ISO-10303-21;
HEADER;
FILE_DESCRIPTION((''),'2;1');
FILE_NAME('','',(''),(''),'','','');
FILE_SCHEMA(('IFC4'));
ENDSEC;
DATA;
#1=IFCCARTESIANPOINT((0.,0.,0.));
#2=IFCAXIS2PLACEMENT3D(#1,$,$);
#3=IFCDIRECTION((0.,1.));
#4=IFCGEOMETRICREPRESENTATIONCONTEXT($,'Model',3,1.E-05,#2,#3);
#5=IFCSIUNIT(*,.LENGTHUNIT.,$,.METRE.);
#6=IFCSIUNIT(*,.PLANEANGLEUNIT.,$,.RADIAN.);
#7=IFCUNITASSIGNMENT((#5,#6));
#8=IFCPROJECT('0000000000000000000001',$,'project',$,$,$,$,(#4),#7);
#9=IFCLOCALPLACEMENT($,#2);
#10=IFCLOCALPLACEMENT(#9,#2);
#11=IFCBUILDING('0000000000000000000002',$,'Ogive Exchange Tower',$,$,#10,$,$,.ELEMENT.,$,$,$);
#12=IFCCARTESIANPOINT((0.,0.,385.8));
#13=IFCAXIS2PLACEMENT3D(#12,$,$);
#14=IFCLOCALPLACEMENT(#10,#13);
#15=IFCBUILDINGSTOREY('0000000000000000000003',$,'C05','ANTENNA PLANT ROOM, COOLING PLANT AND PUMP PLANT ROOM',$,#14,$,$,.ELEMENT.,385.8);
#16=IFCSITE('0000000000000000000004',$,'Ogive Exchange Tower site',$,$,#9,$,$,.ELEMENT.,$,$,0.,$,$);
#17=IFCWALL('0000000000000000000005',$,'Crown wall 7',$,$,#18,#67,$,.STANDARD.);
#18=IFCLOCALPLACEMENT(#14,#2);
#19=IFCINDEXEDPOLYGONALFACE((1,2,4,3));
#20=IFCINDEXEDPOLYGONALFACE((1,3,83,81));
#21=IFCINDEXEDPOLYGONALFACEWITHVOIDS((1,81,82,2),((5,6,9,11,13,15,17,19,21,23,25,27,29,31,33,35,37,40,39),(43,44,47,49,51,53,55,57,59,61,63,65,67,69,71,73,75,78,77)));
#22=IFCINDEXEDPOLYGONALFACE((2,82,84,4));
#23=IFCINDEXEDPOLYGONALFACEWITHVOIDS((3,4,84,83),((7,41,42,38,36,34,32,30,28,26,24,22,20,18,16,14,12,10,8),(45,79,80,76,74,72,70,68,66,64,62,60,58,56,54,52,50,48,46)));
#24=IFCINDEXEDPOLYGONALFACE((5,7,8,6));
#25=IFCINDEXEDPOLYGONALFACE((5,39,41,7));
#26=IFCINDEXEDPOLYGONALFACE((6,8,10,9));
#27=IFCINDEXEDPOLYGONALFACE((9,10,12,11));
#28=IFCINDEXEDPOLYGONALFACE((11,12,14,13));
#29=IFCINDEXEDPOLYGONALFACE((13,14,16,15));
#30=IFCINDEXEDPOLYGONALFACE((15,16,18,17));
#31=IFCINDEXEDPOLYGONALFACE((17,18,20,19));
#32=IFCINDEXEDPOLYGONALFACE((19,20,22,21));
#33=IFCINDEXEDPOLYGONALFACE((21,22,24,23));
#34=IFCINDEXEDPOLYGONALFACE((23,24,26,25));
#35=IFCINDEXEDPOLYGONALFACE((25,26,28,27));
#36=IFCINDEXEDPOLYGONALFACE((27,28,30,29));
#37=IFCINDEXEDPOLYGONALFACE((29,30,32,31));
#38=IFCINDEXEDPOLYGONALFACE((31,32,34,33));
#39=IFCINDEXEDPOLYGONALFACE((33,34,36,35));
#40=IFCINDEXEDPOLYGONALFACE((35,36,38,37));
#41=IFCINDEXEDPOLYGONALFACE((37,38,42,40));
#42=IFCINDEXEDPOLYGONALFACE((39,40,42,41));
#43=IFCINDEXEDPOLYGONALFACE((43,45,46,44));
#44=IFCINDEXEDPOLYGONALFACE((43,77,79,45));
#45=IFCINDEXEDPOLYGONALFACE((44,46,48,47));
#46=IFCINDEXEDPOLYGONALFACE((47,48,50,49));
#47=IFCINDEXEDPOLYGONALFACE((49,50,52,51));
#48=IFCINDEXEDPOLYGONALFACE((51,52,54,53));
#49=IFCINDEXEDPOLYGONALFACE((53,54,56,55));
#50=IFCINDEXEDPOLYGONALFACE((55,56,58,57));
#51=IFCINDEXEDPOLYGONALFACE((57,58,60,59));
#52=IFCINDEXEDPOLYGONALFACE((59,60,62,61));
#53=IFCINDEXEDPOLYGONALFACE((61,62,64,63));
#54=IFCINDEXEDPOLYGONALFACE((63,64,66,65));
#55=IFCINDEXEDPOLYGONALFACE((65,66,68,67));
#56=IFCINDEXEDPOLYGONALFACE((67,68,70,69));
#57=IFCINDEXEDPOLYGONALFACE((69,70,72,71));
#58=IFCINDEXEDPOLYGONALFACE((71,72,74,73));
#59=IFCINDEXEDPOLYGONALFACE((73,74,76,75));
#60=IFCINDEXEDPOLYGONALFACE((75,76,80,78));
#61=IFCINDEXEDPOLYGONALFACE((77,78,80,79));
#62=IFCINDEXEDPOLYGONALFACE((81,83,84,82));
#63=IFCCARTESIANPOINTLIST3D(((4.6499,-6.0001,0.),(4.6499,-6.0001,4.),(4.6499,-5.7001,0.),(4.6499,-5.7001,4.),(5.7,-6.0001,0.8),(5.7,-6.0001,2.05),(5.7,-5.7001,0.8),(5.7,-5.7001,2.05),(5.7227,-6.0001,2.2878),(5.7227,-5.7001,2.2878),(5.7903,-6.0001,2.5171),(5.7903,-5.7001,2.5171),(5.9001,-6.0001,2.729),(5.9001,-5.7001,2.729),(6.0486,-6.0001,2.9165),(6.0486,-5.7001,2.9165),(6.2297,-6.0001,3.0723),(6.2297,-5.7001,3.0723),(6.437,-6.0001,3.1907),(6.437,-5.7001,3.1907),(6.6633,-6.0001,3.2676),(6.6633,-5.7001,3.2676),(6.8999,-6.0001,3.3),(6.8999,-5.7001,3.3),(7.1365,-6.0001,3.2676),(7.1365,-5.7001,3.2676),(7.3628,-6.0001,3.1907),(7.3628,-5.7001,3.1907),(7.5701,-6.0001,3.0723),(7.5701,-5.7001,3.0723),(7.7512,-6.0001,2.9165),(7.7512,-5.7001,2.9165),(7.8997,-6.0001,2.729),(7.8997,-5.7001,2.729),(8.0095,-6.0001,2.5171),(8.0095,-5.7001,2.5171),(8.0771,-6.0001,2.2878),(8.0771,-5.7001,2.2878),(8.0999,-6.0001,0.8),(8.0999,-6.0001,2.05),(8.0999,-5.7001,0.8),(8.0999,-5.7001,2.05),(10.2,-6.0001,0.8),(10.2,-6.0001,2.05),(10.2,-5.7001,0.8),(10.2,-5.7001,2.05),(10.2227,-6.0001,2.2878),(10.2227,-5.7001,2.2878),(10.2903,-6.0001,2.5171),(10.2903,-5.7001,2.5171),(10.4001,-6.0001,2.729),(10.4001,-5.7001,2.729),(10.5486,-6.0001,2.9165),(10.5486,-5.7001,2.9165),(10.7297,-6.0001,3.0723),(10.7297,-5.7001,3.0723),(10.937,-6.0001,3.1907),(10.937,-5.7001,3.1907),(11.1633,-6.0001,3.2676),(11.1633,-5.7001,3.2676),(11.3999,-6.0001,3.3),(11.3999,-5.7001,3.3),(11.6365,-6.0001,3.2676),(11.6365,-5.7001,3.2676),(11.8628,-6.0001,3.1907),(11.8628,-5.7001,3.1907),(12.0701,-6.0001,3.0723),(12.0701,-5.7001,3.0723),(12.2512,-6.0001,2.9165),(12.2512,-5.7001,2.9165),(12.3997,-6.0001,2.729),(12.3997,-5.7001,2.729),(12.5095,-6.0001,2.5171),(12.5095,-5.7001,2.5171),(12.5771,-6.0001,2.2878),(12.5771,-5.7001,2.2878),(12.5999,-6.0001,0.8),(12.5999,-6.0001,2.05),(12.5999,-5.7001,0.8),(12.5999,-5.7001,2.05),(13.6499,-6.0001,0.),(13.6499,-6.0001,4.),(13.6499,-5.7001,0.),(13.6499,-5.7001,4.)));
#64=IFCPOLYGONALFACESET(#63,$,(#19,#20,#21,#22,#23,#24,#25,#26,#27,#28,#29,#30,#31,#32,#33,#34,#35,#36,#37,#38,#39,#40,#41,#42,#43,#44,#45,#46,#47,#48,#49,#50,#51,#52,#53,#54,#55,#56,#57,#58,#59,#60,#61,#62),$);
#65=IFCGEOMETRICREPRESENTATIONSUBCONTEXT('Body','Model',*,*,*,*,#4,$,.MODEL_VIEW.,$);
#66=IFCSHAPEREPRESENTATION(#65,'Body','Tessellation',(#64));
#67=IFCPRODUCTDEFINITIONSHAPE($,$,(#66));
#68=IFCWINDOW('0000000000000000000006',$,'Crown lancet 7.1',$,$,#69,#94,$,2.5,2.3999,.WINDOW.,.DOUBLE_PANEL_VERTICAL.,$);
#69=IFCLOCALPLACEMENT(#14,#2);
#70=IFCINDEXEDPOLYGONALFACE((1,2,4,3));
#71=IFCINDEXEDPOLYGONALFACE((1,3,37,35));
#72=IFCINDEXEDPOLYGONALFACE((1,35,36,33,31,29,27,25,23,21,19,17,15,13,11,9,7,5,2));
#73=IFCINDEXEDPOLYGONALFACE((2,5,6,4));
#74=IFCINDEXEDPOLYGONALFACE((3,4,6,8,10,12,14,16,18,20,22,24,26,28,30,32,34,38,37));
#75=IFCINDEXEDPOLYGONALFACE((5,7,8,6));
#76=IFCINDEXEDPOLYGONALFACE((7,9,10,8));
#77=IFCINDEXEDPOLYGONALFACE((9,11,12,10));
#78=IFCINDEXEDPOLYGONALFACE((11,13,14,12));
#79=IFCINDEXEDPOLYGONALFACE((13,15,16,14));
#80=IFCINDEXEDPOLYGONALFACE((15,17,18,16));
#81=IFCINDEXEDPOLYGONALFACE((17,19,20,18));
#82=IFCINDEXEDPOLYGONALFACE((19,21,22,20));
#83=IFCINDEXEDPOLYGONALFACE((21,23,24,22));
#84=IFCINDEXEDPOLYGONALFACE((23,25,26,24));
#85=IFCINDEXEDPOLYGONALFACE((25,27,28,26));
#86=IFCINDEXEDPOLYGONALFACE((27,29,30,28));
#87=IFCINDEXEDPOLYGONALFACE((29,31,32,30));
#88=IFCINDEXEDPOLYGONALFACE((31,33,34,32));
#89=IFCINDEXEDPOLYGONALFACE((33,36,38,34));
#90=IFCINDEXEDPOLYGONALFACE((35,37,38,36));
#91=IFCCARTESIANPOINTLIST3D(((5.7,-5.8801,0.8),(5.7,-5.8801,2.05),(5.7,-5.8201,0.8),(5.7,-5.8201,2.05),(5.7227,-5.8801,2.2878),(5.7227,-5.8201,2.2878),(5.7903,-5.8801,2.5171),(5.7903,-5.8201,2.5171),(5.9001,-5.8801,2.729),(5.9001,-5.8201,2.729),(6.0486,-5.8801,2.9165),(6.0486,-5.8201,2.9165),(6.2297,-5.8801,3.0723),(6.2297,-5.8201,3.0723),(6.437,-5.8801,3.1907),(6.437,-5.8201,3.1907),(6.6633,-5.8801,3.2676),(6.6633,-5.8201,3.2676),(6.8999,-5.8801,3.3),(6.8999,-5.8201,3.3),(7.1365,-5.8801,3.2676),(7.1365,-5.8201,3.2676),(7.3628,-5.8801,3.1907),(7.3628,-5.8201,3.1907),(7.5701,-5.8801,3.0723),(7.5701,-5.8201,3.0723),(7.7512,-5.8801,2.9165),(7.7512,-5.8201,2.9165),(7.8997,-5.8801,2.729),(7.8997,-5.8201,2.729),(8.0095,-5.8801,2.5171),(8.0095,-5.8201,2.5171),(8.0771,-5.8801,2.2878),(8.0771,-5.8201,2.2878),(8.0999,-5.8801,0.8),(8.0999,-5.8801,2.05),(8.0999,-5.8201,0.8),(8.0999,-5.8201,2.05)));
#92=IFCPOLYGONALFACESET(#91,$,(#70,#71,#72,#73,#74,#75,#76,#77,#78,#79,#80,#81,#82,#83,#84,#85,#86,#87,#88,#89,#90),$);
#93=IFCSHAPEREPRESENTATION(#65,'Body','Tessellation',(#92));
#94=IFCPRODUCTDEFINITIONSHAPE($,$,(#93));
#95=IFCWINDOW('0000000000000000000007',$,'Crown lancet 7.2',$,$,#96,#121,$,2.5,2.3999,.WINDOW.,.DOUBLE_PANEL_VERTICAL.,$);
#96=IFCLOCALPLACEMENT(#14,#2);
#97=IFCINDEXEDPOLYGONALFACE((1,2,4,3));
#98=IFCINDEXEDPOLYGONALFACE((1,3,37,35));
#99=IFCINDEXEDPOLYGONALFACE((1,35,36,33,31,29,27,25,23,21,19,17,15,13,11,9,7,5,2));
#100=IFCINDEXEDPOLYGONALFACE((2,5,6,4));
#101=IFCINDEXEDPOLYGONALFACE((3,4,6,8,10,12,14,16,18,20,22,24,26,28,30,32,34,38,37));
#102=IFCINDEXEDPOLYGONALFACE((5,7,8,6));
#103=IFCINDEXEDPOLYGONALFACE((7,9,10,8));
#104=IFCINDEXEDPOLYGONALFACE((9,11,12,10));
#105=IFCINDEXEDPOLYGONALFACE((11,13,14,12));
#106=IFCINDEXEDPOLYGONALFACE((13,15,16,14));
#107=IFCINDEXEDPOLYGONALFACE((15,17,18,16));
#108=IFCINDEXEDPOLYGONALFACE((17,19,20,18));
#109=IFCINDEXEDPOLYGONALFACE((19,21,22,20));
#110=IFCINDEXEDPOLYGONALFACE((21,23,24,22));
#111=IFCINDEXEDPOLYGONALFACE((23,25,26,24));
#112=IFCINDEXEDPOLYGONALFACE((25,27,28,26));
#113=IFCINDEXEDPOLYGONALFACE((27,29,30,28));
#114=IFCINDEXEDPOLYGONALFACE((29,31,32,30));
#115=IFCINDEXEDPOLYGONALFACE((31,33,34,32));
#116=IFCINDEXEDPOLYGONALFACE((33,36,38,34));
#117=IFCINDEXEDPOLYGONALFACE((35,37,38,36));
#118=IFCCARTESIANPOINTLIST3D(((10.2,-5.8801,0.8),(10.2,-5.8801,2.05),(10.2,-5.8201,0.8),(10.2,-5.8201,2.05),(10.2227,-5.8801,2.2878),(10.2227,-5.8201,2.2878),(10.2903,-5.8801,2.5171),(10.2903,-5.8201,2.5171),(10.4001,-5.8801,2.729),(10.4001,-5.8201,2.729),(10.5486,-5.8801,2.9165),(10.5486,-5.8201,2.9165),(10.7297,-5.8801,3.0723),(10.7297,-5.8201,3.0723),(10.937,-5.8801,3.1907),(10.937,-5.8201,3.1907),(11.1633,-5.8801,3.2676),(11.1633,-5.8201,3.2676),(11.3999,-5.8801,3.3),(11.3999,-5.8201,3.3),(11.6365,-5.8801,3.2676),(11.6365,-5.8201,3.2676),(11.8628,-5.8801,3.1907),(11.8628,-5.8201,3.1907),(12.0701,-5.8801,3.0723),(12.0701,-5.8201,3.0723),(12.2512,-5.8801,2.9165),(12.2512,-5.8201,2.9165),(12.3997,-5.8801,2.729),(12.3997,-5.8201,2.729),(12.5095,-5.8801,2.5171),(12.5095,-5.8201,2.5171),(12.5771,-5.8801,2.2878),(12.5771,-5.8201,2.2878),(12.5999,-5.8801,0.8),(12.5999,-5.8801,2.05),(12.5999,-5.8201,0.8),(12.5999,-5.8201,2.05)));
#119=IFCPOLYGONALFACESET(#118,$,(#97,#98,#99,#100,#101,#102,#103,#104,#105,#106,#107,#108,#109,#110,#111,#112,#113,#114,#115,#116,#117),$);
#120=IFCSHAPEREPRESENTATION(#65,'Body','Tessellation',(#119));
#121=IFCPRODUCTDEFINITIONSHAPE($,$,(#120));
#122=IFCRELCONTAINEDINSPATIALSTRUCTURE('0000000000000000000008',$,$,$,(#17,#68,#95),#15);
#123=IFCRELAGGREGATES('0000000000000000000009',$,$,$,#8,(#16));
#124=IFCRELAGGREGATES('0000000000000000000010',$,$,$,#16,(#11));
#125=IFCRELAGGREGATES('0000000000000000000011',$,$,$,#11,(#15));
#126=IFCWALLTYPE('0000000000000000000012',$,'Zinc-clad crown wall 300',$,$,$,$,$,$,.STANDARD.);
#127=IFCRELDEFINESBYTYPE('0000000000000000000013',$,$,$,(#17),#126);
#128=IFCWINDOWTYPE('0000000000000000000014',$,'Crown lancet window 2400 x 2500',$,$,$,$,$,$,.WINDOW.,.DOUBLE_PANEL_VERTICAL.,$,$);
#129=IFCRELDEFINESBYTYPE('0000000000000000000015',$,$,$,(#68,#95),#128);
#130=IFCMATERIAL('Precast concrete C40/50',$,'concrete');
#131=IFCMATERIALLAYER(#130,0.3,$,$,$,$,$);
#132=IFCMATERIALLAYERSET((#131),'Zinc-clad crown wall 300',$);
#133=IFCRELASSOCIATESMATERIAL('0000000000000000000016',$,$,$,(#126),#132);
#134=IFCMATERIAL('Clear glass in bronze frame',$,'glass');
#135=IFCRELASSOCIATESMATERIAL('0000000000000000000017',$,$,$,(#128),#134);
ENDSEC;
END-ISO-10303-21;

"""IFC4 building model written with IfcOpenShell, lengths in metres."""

from ifc_helpers import new_model, si_unit, direction, frame, frame_2d, origin, place, context, subcontext, project, spatial, polyline, rectangle, outline, extrude, material, layer, layer_set, type_object, element, fill, save


model = new_model("IFC4")

# Units and contexts
model_context = context("Model", 3, precision=1e-05, world=origin(), true_north=direction((0.0, 1.0)))
body_context = subcontext(model_context, "Body", "Model", "MODEL_VIEW")
ifc_project = project(units=[si_unit("LENGTHUNIT", "METRE"), si_unit("PLANEANGLEUNIT", "RADIAN")], contexts=[model_context])

# Site, building, storey
site_placement = place(None, origin())
site = spatial("IfcSite", under=ifc_project, at=site_placement, Name="Ogive Exchange Tower site", CompositionType="ELEMENT", RefElevation=0.0)
building_placement = place(site_placement, origin())
building = spatial("IfcBuilding", under=site, at=building_placement, Name="Ogive Exchange Tower", CompositionType="ELEMENT")
storey_placement = place(building_placement, frame((0.0, 0.0, 385.8)))
storey = spatial("IfcBuildingStorey", under=building, at=storey_placement, Name="C05", Description="ANTENNA PLANT ROOM, COOLING PLANT AND PUMP PLANT ROOM", CompositionType="ELEMENT", Elevation=385.8)

# Wall, openings, windows
ifc_material_1 = material(Name="Precast concrete C40/50", Category="concrete")
ifc_layer_1 = layer(ifc_material_1, 0.3)
ifc_layer_set_1 = layer_set([ifc_layer_1], Name="Zinc-clad crown wall 300")
wall_type_1 = type_object("IfcWallType", Name="Zinc-clad crown wall 300", PredefinedType="STANDARD", material=ifc_layer_set_1)
wall_1_placement = place(storey_placement, frame((4.6499, -5.8501, 0.0), z_axis=(0.0, 0.0, 1.0), x_axis=(1.0, 0.0, 0.0)))
wall_1 = element("IfcWall", 1, at=wall_1_placement, inside=storey, type_object=wall_type_1, Name="Crown wall 7", PredefinedType="STANDARD", context=body_context, shape_type="SweptSolid", body=[
    extrude(rectangle(XDim=9.0, YDim=0.3, at=frame_2d((4.5, 0.0))), origin(), (0.0, 0.0, 1.0), 4.0),
])
opening_1_placement = place(wall_1_placement, frame((1.05, 0.0, 0.8)))
opening_1 = element("IfcOpeningElement", 2, at=opening_1_placement, cuts=wall_1, PredefinedType="OPENING", context=body_context, shape_type="SweptSolid", body=[
    extrude(outline(polyline([(0.0, 0.0), (2.3999, 0.0), (2.3999, 1.25), (2.3772, 1.4878), (2.3096, 1.717), (2.1997, 1.929), (2.0513, 2.1165), (1.8701, 2.2722), (1.6628, 2.3906), (1.4365, 2.4675), (1.2, 2.5), (0.9634, 2.4675), (0.7371, 2.3906), (0.5298, 2.2722), (0.3486, 2.1165), (0.2002, 1.929), (0.0903, 1.717), (0.0227, 1.4878), (0.0, 1.25), (0.0, 0.0)])), frame((0.0, 0.1599, 0.0), z_axis=(0.0, -1.0, 0.0), x_axis=(1.0, 0.0, 0.0)), (0.0, 0.0, 1.0), 0.3201),
])
opening_2_placement = place(wall_1_placement, frame((5.55, 0.0, 0.8)))
opening_2 = element("IfcOpeningElement", 3, at=opening_2_placement, cuts=wall_1, PredefinedType="OPENING", context=body_context, shape_type="SweptSolid", body=[
    extrude(outline(polyline([(0.0, 0.0), (2.3999, 0.0), (2.3999, 1.25), (2.3772, 1.4878), (2.3096, 1.717), (2.1997, 1.929), (2.0513, 2.1165), (1.8701, 2.2722), (1.6628, 2.3906), (1.4365, 2.4675), (1.2, 2.5), (0.9634, 2.4675), (0.7371, 2.3906), (0.5298, 2.2722), (0.3486, 2.1165), (0.2002, 1.929), (0.0903, 1.717), (0.0227, 1.4878), (0.0, 1.25), (0.0, 0.0)])), frame((0.0, 0.1599, 0.0), z_axis=(0.0, -1.0, 0.0), x_axis=(1.0, 0.0, 0.0)), (0.0, 0.0, 1.0), 0.3201),
])
ifc_material_2 = material(Name="Clear glass in bronze frame", Category="glass")
window_type = type_object("IfcWindowType", Name="Crown lancet window 2400 x 2500", PartitioningType="DOUBLE_PANEL_VERTICAL", PredefinedType="WINDOW", material=ifc_material_2)
window_1_placement = place(opening_1_placement, origin())
window_1 = element("IfcWindow", 4, at=window_1_placement, inside=storey, type_object=window_type, Name="Crown lancet 7.1", OverallHeight=2.5, OverallWidth=2.3999, PartitioningType="DOUBLE_PANEL_VERTICAL", PredefinedType="WINDOW", context=body_context, shape_type="SweptSolid", body=[
    extrude(outline(polyline([(0.0, 0.0), (2.3999, 0.0), (2.3999, 1.25), (2.3772, 1.4878), (2.3096, 1.717), (2.1997, 1.929), (2.0513, 2.1165), (1.8701, 2.2722), (1.6628, 2.3906), (1.4365, 2.4675), (1.2, 2.5), (0.9634, 2.4675), (0.7371, 2.3906), (0.5298, 2.2722), (0.3486, 2.1165), (0.2002, 1.929), (0.0903, 1.717), (0.0227, 1.4878), (0.0, 1.25), (0.0, 0.0)])), frame((0.0, 0.03, 0.0), z_axis=(0.0, -1.0, 0.0), x_axis=(1.0, 0.0, 0.0)), (0.0, 0.0, 1.0), 0.0601),
])
fill(opening_1, window_1)
window_2_placement = place(opening_2_placement, origin())
window_2 = element("IfcWindow", 5, at=window_2_placement, inside=storey, type_object=window_type, Name="Crown lancet 7.2", OverallHeight=2.5, OverallWidth=2.3999, PartitioningType="DOUBLE_PANEL_VERTICAL", PredefinedType="WINDOW", context=body_context, shape_type="SweptSolid", body=[
    extrude(outline(polyline([(0.0, 0.0), (2.3999, 0.0), (2.3999, 1.25), (2.3772, 1.4878), (2.3096, 1.717), (2.1997, 1.929), (2.0513, 2.1165), (1.8701, 2.2722), (1.6628, 2.3906), (1.4365, 2.4675), (1.2, 2.5), (0.9634, 2.4675), (0.7371, 2.3906), (0.5298, 2.2722), (0.3486, 2.1165), (0.2002, 1.929), (0.0903, 1.717), (0.0227, 1.4878), (0.0, 1.25), (0.0, 0.0)])), frame((0.0, 0.03, 0.0), z_axis=(0.0, -1.0, 0.0), x_axis=(1.0, 0.0, 0.0)), (0.0, 0.0, 1.0), 0.0601),
])
fill(opening_2, window_2)

save(model, "model.ifc")
